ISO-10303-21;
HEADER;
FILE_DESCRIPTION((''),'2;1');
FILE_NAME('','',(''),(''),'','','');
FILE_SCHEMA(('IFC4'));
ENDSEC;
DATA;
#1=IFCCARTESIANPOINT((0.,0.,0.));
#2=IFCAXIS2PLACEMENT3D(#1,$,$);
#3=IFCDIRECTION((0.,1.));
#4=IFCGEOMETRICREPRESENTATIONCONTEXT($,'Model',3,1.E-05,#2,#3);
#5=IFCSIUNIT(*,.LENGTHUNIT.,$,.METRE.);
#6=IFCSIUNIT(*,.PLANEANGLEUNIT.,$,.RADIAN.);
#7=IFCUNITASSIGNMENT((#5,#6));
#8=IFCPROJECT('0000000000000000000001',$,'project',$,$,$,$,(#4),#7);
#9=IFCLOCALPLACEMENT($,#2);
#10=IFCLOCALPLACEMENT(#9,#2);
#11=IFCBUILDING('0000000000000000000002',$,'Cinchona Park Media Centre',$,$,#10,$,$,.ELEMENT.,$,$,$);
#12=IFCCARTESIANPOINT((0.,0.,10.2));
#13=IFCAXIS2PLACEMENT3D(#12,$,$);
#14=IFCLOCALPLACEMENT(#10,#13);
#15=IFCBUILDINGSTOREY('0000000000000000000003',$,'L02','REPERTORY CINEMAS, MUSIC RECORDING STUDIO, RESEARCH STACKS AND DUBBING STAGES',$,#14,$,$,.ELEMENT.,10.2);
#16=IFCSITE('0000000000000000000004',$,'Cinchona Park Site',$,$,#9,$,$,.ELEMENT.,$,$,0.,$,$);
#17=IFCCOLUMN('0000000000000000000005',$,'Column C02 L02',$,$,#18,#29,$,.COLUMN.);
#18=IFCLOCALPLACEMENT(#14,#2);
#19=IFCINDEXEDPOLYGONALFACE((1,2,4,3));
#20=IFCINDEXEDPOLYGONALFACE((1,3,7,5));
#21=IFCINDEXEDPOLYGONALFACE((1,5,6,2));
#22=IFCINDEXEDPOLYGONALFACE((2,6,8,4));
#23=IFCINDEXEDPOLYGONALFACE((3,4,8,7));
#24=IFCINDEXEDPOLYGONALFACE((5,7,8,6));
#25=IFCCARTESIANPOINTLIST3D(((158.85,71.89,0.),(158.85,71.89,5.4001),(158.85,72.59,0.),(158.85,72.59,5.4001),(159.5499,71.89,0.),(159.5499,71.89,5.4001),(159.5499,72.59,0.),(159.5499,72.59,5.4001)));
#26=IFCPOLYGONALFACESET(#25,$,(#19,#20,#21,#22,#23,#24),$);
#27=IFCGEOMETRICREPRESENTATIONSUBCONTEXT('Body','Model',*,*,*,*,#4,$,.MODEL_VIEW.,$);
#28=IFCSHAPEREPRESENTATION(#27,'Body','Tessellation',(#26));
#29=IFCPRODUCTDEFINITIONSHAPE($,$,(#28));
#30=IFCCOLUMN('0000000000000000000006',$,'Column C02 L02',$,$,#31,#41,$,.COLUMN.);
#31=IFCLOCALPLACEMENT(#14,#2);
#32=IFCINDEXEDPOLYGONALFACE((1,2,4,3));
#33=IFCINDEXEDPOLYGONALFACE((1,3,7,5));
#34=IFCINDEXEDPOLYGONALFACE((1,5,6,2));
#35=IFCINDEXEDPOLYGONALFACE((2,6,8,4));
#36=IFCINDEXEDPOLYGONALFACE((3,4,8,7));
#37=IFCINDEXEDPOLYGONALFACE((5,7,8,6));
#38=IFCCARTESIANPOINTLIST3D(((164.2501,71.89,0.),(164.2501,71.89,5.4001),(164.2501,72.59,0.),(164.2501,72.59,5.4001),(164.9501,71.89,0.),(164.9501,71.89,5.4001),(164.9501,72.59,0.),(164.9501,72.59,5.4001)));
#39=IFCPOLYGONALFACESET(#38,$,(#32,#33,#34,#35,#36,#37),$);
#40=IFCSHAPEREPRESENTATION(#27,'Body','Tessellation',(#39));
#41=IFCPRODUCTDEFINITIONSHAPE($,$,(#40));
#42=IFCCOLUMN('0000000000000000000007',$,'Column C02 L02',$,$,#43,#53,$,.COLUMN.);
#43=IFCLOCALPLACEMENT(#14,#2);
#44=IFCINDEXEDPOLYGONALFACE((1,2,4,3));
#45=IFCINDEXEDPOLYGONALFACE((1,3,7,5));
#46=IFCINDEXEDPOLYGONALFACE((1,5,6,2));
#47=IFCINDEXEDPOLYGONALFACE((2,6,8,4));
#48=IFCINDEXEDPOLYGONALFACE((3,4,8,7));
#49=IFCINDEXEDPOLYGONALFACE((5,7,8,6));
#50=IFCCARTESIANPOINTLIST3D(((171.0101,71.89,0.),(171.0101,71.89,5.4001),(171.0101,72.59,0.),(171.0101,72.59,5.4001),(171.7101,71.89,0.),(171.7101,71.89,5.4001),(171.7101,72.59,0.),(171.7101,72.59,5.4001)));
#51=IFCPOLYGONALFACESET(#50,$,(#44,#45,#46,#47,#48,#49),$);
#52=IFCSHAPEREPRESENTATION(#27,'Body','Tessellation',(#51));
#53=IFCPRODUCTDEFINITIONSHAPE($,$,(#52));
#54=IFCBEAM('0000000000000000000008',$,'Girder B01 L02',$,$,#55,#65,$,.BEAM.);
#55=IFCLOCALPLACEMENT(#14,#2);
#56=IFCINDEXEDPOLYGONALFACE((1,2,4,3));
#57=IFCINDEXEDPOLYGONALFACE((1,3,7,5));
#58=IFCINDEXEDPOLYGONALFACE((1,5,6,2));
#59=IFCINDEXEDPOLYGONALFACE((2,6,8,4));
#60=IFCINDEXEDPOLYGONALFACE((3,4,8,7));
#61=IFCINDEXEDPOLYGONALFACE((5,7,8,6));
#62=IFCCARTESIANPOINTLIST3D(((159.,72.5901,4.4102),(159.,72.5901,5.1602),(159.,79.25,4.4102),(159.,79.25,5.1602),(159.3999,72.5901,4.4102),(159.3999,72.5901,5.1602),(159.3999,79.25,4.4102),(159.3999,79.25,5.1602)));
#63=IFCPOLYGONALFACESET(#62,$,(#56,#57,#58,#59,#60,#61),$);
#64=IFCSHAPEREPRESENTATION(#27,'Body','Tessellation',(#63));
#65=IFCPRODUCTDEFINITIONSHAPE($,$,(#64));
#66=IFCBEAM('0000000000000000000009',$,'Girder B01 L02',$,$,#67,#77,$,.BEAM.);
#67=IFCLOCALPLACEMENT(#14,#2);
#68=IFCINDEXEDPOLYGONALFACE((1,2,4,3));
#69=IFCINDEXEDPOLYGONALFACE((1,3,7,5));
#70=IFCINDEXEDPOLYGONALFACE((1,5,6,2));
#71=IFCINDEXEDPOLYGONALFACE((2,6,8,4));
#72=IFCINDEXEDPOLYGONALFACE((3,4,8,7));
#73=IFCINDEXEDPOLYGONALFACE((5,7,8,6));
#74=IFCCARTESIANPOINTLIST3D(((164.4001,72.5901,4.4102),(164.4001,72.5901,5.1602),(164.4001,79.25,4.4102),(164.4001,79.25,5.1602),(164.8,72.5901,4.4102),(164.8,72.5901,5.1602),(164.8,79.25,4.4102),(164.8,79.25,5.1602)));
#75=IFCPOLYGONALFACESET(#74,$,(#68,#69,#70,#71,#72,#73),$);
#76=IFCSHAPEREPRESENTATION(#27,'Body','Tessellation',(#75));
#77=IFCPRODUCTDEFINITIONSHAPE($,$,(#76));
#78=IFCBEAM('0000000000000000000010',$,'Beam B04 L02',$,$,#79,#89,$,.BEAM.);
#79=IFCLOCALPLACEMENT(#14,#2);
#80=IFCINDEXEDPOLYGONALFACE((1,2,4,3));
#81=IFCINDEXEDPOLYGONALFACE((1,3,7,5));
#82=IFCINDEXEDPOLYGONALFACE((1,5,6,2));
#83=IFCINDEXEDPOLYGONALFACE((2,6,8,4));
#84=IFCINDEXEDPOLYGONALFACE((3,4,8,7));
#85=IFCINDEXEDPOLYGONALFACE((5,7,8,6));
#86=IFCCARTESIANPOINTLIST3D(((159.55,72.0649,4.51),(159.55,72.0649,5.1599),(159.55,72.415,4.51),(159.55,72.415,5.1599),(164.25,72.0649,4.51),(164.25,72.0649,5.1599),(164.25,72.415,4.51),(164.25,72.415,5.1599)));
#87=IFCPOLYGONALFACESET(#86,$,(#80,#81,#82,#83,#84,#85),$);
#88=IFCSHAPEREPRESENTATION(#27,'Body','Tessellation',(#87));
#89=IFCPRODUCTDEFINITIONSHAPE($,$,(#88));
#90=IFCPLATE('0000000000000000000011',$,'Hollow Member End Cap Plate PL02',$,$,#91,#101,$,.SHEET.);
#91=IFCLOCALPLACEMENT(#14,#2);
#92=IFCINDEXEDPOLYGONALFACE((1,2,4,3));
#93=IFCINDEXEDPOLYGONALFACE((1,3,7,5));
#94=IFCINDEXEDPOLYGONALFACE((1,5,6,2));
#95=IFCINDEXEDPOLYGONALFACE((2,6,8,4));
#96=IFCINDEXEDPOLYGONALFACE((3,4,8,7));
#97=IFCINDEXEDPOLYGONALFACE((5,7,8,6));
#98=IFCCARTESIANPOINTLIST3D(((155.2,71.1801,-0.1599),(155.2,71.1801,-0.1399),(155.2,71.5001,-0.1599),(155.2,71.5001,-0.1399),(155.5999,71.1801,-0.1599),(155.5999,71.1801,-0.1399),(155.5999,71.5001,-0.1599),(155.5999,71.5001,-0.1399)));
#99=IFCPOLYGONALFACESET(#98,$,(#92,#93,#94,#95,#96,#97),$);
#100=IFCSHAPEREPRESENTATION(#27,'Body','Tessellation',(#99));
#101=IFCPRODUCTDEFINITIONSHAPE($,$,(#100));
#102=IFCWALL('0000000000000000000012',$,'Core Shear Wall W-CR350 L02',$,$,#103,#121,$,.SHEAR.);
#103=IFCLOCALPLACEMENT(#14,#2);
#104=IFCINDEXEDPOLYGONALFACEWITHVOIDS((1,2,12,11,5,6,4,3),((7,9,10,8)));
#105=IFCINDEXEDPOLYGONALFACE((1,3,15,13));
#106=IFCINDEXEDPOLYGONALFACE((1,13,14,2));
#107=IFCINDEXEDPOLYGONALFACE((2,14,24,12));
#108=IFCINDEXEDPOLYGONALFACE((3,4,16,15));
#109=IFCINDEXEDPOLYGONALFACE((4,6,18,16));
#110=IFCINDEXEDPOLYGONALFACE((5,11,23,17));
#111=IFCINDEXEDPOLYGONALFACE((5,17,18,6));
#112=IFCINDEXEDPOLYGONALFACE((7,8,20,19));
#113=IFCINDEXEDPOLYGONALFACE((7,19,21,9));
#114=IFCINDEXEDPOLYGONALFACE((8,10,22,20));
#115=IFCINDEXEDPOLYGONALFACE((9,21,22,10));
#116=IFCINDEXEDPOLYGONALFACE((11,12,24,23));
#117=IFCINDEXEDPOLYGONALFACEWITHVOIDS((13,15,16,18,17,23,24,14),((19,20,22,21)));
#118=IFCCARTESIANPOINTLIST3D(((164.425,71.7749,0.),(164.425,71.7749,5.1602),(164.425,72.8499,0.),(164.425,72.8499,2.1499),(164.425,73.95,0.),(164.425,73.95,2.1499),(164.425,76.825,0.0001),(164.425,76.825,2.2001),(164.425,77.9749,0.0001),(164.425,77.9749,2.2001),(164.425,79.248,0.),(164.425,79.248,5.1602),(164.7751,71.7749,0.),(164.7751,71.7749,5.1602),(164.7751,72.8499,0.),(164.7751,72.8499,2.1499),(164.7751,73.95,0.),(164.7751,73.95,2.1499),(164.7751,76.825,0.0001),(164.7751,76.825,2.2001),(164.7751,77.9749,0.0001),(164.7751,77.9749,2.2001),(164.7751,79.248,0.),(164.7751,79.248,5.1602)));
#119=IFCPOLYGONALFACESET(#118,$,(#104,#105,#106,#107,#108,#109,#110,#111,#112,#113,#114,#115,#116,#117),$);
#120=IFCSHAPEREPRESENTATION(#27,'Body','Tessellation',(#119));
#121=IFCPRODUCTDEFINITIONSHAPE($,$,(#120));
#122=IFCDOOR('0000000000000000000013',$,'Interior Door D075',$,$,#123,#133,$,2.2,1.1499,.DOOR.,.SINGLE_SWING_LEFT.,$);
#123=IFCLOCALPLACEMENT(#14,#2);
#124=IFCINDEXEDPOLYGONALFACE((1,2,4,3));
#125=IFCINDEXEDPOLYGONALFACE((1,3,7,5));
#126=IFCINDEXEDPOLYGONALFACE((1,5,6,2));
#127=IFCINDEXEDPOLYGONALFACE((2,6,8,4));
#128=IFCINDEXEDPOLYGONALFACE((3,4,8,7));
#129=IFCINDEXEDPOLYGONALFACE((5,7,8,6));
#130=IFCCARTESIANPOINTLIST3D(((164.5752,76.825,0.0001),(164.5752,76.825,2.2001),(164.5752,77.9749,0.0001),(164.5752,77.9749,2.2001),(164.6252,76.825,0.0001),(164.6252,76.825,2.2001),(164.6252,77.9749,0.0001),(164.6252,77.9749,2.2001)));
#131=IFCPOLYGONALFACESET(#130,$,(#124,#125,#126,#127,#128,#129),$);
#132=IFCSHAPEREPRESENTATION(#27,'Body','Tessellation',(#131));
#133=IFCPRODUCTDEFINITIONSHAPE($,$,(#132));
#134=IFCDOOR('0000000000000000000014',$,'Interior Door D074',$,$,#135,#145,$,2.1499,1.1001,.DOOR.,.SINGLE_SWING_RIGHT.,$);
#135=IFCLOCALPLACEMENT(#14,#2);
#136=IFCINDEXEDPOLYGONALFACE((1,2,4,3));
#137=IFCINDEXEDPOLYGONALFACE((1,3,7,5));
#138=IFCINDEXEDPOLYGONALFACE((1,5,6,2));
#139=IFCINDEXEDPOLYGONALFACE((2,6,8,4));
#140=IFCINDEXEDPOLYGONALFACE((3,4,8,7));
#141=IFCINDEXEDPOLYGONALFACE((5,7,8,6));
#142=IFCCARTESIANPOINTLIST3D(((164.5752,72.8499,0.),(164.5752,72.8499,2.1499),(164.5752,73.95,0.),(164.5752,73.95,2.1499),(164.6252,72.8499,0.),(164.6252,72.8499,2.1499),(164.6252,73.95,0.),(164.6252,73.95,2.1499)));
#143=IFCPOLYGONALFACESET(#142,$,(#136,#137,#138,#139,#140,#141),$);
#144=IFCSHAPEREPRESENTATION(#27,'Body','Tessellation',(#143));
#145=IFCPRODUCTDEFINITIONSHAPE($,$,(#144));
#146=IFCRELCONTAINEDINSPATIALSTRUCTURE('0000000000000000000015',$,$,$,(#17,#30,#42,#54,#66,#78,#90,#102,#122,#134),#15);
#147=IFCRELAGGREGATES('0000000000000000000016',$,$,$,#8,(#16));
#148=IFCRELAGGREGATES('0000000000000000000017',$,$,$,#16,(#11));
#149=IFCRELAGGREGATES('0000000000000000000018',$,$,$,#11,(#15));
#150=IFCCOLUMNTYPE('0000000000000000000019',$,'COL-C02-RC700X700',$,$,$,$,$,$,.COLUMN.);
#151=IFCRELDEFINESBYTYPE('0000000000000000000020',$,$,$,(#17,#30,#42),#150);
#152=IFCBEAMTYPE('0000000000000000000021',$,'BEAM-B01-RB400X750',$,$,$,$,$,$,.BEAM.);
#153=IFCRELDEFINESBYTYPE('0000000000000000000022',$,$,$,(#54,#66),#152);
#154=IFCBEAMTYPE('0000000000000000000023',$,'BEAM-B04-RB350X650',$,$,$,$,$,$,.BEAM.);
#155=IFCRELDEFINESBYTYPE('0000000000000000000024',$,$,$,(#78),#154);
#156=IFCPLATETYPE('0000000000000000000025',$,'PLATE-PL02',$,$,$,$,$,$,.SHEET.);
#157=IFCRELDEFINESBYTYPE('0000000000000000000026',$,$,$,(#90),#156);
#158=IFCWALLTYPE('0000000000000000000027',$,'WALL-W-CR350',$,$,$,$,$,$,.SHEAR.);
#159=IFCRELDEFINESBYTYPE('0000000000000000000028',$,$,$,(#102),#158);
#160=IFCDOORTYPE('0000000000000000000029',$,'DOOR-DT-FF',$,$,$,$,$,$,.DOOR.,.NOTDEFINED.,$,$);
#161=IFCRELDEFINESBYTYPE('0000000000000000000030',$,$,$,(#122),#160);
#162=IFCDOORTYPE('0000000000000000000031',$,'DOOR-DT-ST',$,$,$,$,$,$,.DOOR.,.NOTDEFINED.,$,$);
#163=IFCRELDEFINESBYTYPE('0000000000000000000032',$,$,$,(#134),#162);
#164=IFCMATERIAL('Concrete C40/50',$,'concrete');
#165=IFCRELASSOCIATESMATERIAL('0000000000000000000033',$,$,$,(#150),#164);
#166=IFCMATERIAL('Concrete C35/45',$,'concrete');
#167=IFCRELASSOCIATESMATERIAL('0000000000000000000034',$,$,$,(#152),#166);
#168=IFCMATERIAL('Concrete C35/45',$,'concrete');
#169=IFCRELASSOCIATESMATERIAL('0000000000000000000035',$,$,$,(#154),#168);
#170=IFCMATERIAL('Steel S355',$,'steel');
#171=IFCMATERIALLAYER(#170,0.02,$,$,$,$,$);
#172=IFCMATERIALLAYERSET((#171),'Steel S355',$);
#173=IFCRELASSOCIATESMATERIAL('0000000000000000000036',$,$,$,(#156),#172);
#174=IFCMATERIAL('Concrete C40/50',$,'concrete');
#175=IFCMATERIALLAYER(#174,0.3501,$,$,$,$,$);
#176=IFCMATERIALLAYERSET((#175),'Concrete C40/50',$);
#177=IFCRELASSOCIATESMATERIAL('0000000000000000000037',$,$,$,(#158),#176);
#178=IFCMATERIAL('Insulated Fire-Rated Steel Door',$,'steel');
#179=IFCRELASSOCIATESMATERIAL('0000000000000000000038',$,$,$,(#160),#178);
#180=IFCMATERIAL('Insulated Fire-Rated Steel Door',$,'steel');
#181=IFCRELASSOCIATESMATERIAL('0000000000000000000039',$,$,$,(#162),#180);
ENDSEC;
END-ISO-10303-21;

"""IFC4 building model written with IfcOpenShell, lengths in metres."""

from ifc_helpers import new_model, si_unit, direction, frame, frame_2d, origin, origin_2d, place, context, subcontext, project, spatial, rectangle, extrude, material, layer, layer_set, material_profile, profile_set, type_object, element, fill, save


model = new_model("IFC4")

# Units and contexts
model_context = context("Model", 3, precision=1e-05, world=origin(), true_north=direction((0.0, 1.0)))
body_context = subcontext(model_context, "Body", "Model", "MODEL_VIEW")
ifc_project = project(units=[si_unit("LENGTHUNIT", "METRE"), si_unit("PLANEANGLEUNIT", "RADIAN")], contexts=[model_context])

# Site, building, storey
site_placement = place(None, origin())
site = spatial("IfcSite", under=ifc_project, at=site_placement, Name="Cinchona Park Site", CompositionType="ELEMENT", RefElevation=0.0)
building_placement = place(site_placement, origin())
building = spatial("IfcBuilding", under=site, at=building_placement, Name="Cinchona Park Media Centre", CompositionType="ELEMENT")
storey_placement = place(building_placement, frame((0.0, 0.0, 10.2)))
storey = spatial("IfcBuildingStorey", under=building, at=storey_placement, Name="L02", Description="REPERTORY CINEMAS, MUSIC RECORDING STUDIO, RESEARCH STACKS AND DUBBING STAGES", CompositionType="ELEMENT", Elevation=10.2)

# Columns
ifc_material_1 = material(Name="Concrete C40/50", Category="concrete")
ifc_material_profile_1 = material_profile(ifc_material_1, rectangle(XDim=0.7, YDim=0.7, at=origin_2d()), Name="RC 700X700")
ifc_profile_set_1 = profile_set([ifc_material_profile_1], Name="Concrete C40/50")
column_type = type_object("IfcColumnType", Name="COL-C02-RC700X700", PredefinedType="COLUMN", material=ifc_profile_set_1)
for number, where, z_axis, x_axis, name in (
    (1, (159.2, 72.24, 0.0), (0.0, 0.0, 1.0), (1.0, 0.0, 0.0), "Column C02 L02"),
    (2, (164.6001, 72.24, 0.0), (0.0, 0.0, 1.0), (1.0, 0.0, 0.0), "Column C02 L02"),
    (3, (171.3601, 72.24, 0.0), (0.0, 0.0, 1.0), (1.0, 0.0, 0.0), "Column C02 L02"),
):
    element("IfcColumn", number, at=place(storey_placement, frame(where, z_axis=z_axis, x_axis=x_axis)), inside=storey, type_object=column_type, Name=name, PredefinedType="COLUMN", context=body_context, shape_type="SweptSolid", body=[
        extrude(rectangle(XDim=0.7, YDim=0.7, at=origin_2d()), origin(), (0.0, 0.0, 1.0), 5.4001),
    ])

# Beams
ifc_material_2 = material(Name="Concrete C35/45", Category="concrete")
ifc_material_profile_2 = material_profile(ifc_material_2, rectangle(XDim=0.3999, YDim=0.75, at=origin_2d()), Name="RB 400X750")
ifc_profile_set_2 = profile_set([ifc_material_profile_2], Name="Concrete C35/45")
beam_type_1 = type_object("IfcBeamType", Name="BEAM-B01-RB400X750", PredefinedType="BEAM", material=ifc_profile_set_2)
for number, where, z_axis, x_axis, name in (
    (4, (159.2, 72.5901, 4.7852), (0.0, 1.0, 0.0), (-1.0, 0.0, 0.0), "Girder B01 L02"),
    (5, (164.6001, 72.5901, 4.7852), (0.0, 1.0, 0.0), (-1.0, 0.0, 0.0), "Girder B01 L02"),
):
    element("IfcBeam", number, at=place(storey_placement, frame(where, z_axis=z_axis, x_axis=x_axis)), inside=storey, type_object=beam_type_1, Name=name, PredefinedType="BEAM", context=body_context, shape_type="SweptSolid", body=[
        extrude(rectangle(XDim=0.3999, YDim=0.75, at=origin_2d()), origin(), (0.0, 0.0, 1.0), 6.6599),
    ])
ifc_material_3 = material(Name="Concrete C35/45", Category="concrete")
ifc_material_profile_3 = material_profile(ifc_material_3, rectangle(XDim=0.3501, YDim=0.6499, at=origin_2d()), Name="RB 350X650")
ifc_profile_set_3 = profile_set([ifc_material_profile_3], Name="Concrete C35/45")
beam_type_2 = type_object("IfcBeamType", Name="BEAM-B04-RB350X650", PredefinedType="BEAM", material=ifc_profile_set_3)
beam_placement = place(storey_placement, frame((159.55, 72.24, 4.835), z_axis=(1.0, 0.0, 0.0), x_axis=(0.0, 1.0, 0.0)))
element("IfcBeam", 6, at=beam_placement, inside=storey, type_object=beam_type_2, Name="Beam B04 L02", PredefinedType="BEAM", context=body_context, shape_type="SweptSolid", body=[
    extrude(rectangle(XDim=0.3501, YDim=0.6499, at=origin_2d()), origin(), (0.0, 0.0, 1.0), 4.7),
])

# Plate
ifc_material_4 = material(Name="Steel S355", Category="steel")
ifc_layer_1 = layer(ifc_material_4, 0.02)
ifc_layer_set_1 = layer_set([ifc_layer_1], Name="Steel S355")
plate_type = type_object("IfcPlateType", Name="PLATE-PL02", PredefinedType="SHEET", material=ifc_layer_set_1)
plate_placement = place(storey_placement, frame((155.3999, 71.3401, -0.1599), z_axis=(0.0, 0.0, 1.0), x_axis=(1.0, 0.0, 0.0)))
element("IfcPlate", 7, at=plate_placement, inside=storey, type_object=plate_type, Name="Hollow Member End Cap Plate PL02", PredefinedType="SHEET", context=body_context, shape_type="SweptSolid", body=[
    extrude(rectangle(XDim=0.3999, YDim=0.3201, at=origin_2d()), origin(), (0.0, 0.0, 1.0), 0.02),
])

# Wall, openings, doors
ifc_material_5 = material(Name="Concrete C40/50", Category="concrete")
ifc_layer_2 = layer(ifc_material_5, 0.3501)
ifc_layer_set_2 = layer_set([ifc_layer_2], Name="Concrete C40/50")
wall_type_1 = type_object("IfcWallType", Name="WALL-W-CR350", PredefinedType="SHEAR", material=ifc_layer_set_2)
wall_1_placement = place(storey_placement, frame((164.6001, 71.7749, 0.0), z_axis=(0.0, 0.0, 1.0), x_axis=(0.0, 1.0, 0.0)))
wall_1 = element("IfcWall", 8, at=wall_1_placement, inside=storey, type_object=wall_type_1, Name="Core Shear Wall W-CR350 L02", PredefinedType="SHEAR", context=body_context, shape_type="SweptSolid", body=[
    extrude(rectangle(XDim=7.4731, YDim=0.3501, at=frame_2d((3.7366, 0.0))), origin(), (0.0, 0.0, 1.0), 5.1602),
])
opening_1_placement = place(wall_1_placement, frame((1.075, 0.0, 0.0)))
opening_1 = element("IfcOpeningElement", 9, at=opening_1_placement, cuts=wall_1, PredefinedType="OPENING", context=body_context, shape_type="SweptSolid", body=[
    extrude(rectangle(XDim=1.1001, YDim=2.1499, at=frame_2d((0.55, 1.075))), frame((0.0, 0.1851, 0.0), z_axis=(0.0, -1.0, 0.0), x_axis=(1.0, 0.0, 0.0)), (0.0, 0.0, 1.0), 0.3701),
])
opening_2_placement = place(wall_1_placement, frame((5.05, 0.0, 0.0)))
opening_2 = element("IfcOpeningElement", 10, at=opening_2_placement, cuts=wall_1, PredefinedType="OPENING", context=body_context, shape_type="SweptSolid", body=[
    extrude(rectangle(XDim=1.1499, YDim=2.2, at=frame_2d((0.575, 1.1001))), frame((0.0, 0.1851, 0.0), z_axis=(0.0, -1.0, 0.0), x_axis=(1.0, 0.0, 0.0)), (0.0, 0.0, 1.0), 0.3701),
])
ifc_material_6 = material(Name="Insulated Fire-Rated Steel Door", Category="steel")
door_type_1 = type_object("IfcDoorType", Name="DOOR-DT-FF", OperationType="NOTDEFINED", PredefinedType="DOOR", material=ifc_material_6)
door_1_placement = place(opening_2_placement, origin())
door_1 = element("IfcDoor", 11, at=door_1_placement, inside=storey, type_object=door_type_1, Name="Interior Door D075", OperationType="SINGLE_SWING_LEFT", OverallHeight=2.2, OverallWidth=1.1499, PredefinedType="DOOR", context=body_context, shape_type="SweptSolid", body=[
    extrude(rectangle(XDim=1.1499, YDim=2.2, at=frame_2d((0.575, 1.1001))), frame((0.0, 0.0249, 0.0), z_axis=(0.0, -1.0, 0.0), x_axis=(1.0, 0.0, 0.0)), (0.0, 0.0, 1.0), 0.05),
])
fill(opening_2, door_1)
ifc_material_7 = material(Name="Insulated Fire-Rated Steel Door", Category="steel")
door_type_2 = type_object("IfcDoorType", Name="DOOR-DT-ST", OperationType="NOTDEFINED", PredefinedType="DOOR", material=ifc_material_7)
door_2_placement = place(opening_1_placement, origin())
door_2 = element("IfcDoor", 12, at=door_2_placement, inside=storey, type_object=door_type_2, Name="Interior Door D074", OperationType="SINGLE_SWING_RIGHT", OverallHeight=2.1499, OverallWidth=1.1001, PredefinedType="DOOR", context=body_context, shape_type="SweptSolid", body=[
    extrude(rectangle(XDim=1.1001, YDim=2.1499, at=frame_2d((0.55, 1.075))), frame((0.0, 0.0249, 0.0), z_axis=(0.0, -1.0, 0.0), x_axis=(1.0, 0.0, 0.0)), (0.0, 0.0, 1.0), 0.05),
])
fill(opening_1, door_2)

save(model, "model.ifc")
